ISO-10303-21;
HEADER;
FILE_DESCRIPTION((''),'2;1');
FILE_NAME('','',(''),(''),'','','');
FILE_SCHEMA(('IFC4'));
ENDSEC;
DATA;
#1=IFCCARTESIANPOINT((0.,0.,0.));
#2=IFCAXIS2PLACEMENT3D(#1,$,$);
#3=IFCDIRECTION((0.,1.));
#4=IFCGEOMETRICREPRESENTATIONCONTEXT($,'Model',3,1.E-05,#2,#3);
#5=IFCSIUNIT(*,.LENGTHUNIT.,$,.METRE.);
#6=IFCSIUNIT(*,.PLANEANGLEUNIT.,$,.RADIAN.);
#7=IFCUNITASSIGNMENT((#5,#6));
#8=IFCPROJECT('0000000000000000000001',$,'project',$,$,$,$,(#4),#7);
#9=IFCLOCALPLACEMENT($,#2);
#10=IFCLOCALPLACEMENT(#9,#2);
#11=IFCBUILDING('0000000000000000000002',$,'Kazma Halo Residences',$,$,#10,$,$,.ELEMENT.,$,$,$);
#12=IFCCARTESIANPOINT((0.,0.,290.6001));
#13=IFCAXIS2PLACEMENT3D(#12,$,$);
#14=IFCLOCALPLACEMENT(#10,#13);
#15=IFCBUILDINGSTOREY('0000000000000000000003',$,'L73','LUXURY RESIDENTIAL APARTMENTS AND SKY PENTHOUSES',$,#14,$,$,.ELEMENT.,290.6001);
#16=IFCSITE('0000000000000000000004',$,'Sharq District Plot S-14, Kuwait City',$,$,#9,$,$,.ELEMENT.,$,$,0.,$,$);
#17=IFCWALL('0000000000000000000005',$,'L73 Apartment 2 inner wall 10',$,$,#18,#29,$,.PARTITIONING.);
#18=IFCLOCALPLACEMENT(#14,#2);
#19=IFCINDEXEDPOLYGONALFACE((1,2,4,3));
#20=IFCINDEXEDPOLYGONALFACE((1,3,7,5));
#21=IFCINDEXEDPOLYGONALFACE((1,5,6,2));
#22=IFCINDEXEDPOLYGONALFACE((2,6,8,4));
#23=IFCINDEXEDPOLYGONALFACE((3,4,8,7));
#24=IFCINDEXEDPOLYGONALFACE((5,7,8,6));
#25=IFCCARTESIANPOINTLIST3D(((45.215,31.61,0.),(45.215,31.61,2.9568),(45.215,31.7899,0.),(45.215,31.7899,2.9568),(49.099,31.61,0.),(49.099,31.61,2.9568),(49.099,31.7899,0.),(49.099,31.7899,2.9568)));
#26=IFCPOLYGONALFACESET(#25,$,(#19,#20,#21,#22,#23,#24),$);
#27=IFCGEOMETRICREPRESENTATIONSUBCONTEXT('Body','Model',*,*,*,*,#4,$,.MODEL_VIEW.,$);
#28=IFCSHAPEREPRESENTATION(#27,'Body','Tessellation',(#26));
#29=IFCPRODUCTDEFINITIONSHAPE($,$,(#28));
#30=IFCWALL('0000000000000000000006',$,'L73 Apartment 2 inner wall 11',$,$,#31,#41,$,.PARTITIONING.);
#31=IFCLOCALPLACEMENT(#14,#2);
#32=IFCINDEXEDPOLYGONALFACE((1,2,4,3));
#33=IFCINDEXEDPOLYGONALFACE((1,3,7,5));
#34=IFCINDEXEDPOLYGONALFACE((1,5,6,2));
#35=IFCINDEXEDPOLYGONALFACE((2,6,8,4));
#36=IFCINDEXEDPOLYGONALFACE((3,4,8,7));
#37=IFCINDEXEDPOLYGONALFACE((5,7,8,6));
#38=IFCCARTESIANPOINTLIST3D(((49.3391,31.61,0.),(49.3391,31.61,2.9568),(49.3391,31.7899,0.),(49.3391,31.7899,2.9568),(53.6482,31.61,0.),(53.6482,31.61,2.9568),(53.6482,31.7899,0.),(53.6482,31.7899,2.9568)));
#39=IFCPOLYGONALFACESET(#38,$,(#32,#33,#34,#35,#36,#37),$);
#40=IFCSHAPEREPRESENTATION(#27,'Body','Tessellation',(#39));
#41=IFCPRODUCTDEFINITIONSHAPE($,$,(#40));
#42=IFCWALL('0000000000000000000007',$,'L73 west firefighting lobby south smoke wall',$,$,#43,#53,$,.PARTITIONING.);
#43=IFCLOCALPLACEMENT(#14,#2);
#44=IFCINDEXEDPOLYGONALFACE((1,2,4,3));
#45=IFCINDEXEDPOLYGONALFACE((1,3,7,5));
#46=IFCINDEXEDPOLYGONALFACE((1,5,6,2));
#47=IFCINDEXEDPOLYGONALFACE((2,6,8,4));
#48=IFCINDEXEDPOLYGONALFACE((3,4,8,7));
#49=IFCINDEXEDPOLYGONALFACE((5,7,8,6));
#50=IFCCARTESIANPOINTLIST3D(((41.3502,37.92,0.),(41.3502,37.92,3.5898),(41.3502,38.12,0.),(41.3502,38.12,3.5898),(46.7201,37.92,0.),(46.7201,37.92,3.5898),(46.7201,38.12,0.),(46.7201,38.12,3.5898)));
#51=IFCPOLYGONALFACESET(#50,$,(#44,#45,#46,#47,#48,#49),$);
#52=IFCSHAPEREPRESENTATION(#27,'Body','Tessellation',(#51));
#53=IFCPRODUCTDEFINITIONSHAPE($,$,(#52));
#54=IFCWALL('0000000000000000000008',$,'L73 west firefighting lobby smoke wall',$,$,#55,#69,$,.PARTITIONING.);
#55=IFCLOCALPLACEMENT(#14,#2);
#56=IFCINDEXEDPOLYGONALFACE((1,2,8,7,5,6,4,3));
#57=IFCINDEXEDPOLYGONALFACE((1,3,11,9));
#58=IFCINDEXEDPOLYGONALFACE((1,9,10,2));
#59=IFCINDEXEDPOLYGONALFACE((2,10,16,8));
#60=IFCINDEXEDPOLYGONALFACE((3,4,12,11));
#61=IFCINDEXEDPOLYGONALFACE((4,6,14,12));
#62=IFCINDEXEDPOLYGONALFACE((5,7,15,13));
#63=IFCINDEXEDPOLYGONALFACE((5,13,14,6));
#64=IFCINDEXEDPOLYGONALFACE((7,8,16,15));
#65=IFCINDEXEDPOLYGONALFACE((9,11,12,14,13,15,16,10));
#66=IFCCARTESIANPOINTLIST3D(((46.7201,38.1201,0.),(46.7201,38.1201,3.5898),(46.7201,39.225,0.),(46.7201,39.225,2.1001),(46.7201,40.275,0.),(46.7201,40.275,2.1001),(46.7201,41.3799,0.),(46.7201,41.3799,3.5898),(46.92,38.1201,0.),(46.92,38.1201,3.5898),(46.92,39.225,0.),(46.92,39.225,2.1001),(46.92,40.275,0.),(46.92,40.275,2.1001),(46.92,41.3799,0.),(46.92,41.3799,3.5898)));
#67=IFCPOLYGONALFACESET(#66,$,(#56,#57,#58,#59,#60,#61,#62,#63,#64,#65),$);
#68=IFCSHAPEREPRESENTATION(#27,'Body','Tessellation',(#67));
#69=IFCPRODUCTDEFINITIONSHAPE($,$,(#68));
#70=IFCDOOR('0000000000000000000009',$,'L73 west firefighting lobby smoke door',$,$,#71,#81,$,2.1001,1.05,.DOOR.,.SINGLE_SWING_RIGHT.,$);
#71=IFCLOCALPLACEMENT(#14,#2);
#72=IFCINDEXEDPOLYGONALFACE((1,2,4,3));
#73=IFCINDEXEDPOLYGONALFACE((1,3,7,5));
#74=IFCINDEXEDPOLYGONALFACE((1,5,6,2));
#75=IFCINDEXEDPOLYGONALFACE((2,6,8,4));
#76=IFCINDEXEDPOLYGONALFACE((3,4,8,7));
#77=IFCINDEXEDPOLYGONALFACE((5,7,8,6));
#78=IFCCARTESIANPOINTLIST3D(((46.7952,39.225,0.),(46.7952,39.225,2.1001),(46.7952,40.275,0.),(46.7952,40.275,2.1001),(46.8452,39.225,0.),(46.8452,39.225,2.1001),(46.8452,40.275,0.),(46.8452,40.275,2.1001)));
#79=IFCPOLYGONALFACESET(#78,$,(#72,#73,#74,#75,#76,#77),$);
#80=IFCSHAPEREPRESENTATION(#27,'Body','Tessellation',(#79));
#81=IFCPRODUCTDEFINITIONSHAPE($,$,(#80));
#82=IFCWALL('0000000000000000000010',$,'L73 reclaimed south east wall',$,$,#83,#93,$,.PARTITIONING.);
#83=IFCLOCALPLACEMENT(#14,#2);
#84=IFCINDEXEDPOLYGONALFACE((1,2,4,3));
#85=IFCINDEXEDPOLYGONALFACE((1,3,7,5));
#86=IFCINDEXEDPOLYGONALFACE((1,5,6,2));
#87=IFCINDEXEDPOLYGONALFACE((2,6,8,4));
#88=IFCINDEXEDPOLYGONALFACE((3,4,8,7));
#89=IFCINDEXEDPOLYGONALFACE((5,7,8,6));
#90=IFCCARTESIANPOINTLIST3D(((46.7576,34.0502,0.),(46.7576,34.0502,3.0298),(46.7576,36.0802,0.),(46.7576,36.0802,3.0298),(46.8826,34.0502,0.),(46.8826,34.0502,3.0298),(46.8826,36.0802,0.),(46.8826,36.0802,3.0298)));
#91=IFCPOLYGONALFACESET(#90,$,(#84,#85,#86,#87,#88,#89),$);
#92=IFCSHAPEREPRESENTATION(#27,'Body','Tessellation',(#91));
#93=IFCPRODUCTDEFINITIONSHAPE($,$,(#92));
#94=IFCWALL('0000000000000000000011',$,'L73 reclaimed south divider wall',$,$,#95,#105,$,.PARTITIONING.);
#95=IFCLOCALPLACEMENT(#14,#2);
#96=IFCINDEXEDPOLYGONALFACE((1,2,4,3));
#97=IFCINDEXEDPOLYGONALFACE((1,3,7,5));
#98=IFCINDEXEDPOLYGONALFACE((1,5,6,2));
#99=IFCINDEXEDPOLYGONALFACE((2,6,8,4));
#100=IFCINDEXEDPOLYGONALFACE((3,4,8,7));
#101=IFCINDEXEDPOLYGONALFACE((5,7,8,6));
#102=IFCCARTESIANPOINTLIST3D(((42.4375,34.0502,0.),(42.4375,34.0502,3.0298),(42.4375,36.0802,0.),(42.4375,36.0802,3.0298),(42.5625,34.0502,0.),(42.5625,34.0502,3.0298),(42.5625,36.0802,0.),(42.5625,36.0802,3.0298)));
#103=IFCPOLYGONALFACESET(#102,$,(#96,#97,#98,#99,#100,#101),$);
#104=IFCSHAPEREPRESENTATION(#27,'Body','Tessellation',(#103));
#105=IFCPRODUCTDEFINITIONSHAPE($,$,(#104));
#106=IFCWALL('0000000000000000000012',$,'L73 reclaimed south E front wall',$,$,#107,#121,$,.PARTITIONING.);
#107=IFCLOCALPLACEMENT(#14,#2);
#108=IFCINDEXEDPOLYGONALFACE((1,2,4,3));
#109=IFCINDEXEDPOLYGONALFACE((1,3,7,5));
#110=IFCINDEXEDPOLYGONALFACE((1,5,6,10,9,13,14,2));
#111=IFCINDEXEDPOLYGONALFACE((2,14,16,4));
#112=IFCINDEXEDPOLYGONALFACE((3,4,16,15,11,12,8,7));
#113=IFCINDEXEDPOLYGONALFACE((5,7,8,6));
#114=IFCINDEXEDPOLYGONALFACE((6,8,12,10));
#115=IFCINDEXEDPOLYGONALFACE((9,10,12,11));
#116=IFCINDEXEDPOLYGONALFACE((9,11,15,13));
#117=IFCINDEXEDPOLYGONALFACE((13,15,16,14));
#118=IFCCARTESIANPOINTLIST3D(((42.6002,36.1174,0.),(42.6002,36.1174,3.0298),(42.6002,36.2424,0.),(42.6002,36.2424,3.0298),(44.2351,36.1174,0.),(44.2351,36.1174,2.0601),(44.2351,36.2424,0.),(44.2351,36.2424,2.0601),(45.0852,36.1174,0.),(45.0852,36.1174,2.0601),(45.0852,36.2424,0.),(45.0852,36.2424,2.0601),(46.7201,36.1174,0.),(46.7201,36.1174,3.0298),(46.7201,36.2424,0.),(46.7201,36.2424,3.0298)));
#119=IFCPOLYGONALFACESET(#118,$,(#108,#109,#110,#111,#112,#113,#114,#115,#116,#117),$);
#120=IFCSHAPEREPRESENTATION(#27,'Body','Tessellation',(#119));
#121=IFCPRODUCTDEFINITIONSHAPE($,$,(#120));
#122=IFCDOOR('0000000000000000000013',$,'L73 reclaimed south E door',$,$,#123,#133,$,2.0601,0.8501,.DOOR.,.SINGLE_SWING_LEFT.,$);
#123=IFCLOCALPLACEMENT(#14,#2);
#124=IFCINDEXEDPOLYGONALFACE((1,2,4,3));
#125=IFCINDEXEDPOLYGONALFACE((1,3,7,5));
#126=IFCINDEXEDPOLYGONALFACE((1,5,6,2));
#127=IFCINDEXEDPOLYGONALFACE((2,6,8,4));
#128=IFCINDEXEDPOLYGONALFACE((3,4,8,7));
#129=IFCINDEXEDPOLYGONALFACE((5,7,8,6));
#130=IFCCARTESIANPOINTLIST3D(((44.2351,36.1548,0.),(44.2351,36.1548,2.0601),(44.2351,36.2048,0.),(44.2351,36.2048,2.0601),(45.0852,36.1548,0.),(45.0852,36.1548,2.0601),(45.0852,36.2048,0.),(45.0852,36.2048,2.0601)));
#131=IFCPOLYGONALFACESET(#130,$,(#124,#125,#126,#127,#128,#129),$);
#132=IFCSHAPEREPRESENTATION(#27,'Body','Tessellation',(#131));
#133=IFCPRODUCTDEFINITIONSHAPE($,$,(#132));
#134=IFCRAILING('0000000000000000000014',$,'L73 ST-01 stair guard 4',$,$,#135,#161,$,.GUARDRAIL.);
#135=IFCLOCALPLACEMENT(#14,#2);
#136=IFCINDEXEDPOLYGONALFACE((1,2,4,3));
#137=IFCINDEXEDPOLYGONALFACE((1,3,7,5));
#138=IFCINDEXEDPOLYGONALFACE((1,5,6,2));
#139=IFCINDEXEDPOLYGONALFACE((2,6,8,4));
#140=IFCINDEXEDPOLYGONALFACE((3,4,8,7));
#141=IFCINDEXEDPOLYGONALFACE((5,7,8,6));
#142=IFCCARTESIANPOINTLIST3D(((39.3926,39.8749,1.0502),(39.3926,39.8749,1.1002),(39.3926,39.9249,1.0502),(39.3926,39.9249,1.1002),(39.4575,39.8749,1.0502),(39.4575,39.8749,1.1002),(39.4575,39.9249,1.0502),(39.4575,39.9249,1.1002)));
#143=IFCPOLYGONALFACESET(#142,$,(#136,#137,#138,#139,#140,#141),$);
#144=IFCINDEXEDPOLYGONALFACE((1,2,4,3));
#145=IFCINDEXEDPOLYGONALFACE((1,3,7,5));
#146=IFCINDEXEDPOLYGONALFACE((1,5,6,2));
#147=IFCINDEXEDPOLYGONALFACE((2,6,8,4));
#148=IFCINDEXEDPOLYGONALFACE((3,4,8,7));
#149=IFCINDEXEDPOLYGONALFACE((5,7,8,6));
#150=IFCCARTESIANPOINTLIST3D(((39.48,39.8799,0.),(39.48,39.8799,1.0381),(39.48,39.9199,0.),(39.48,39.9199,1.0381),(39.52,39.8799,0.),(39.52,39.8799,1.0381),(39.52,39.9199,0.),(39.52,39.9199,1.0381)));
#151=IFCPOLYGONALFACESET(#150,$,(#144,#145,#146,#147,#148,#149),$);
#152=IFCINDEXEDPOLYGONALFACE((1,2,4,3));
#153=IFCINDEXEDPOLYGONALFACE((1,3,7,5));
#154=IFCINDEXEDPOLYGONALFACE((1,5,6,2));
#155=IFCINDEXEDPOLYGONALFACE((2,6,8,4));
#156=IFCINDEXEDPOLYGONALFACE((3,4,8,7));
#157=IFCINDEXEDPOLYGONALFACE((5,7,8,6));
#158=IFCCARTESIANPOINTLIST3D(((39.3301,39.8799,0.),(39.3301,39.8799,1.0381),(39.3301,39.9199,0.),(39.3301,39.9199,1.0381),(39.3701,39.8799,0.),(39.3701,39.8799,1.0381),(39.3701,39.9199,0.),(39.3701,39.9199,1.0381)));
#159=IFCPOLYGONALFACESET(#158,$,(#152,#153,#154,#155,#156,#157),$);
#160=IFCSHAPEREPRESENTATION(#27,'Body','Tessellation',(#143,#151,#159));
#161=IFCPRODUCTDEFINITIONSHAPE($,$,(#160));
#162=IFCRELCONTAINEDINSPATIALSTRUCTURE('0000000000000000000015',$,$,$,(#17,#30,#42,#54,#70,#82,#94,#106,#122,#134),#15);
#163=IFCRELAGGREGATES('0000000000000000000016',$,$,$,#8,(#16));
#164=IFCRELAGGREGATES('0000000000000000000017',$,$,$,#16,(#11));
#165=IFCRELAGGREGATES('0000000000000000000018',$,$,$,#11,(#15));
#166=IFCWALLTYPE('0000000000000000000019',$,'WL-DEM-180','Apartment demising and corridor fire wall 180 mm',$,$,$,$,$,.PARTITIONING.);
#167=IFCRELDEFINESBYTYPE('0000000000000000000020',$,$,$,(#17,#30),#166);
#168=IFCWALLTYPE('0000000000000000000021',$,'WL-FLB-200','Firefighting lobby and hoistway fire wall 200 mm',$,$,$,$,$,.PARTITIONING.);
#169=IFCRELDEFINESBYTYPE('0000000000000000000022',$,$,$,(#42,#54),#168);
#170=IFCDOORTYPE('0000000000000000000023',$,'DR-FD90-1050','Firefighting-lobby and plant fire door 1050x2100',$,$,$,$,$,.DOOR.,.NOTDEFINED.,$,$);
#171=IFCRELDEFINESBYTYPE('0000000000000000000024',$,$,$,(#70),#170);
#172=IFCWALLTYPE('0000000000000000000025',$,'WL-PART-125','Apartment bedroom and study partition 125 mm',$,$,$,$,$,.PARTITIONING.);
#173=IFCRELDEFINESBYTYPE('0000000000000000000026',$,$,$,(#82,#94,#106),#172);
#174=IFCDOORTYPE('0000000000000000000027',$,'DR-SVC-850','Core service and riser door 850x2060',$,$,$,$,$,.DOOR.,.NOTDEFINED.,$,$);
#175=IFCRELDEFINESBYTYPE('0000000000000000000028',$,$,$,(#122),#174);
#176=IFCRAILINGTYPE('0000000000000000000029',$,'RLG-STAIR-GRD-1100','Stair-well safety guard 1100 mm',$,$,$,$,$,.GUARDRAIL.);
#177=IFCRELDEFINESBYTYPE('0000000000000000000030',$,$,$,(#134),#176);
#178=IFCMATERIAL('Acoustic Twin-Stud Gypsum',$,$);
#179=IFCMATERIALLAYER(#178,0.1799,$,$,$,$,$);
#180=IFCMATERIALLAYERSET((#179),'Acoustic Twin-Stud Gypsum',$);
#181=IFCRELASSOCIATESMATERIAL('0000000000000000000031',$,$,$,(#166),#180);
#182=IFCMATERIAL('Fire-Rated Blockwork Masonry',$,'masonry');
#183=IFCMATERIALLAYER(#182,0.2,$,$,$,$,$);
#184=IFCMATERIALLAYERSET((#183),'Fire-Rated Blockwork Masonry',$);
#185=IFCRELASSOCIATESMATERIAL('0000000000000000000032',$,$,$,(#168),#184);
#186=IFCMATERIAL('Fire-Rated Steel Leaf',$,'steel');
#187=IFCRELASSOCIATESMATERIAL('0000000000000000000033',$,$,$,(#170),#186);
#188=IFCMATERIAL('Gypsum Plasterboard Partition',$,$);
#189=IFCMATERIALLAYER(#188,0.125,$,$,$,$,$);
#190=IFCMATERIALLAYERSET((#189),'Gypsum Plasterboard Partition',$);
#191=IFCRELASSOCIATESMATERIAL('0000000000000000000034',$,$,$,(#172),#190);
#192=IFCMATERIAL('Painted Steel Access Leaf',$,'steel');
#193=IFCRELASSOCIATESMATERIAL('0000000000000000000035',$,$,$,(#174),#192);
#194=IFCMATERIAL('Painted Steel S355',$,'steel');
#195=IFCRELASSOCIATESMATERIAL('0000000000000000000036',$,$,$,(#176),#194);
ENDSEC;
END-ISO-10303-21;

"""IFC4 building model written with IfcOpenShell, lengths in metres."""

from ifc_helpers import new_model, si_unit, direction, frame, frame_2d, origin, origin_2d, place, context, subcontext, project, spatial, rectangle, extrude, material, layer, layer_set, type_object, element, fill, save


model = new_model("IFC4")

# Units and contexts
model_context = context("Model", 3, precision=1e-05, world=origin(), true_north=direction((0.0, 1.0)))
body_context = subcontext(model_context, "Body", "Model", "MODEL_VIEW")
ifc_project = project(units=[si_unit("LENGTHUNIT", "METRE"), si_unit("PLANEANGLEUNIT", "RADIAN")], contexts=[model_context])

# Site, building, storey
site_placement = place(None, origin())
site = spatial("IfcSite", under=ifc_project, at=site_placement, Name="Sharq District Plot S-14, Kuwait City", CompositionType="ELEMENT", RefElevation=0.0)
building_placement = place(site_placement, origin())
building = spatial("IfcBuilding", under=site, at=building_placement, Name="Kazma Halo Residences", CompositionType="ELEMENT")
storey_placement = place(building_placement, frame((0.0, 0.0, 290.6001)))
storey = spatial("IfcBuildingStorey", under=building, at=storey_placement, Name="L73", Description="LUXURY RESIDENTIAL APARTMENTS AND SKY PENTHOUSES", CompositionType="ELEMENT", Elevation=290.6001)

# Shared definitions
ifc_material_1 = material(Name="Acoustic Twin-Stud Gypsum")
ifc_layer_1 = layer(ifc_material_1, 0.1799)
ifc_layer_set_1 = layer_set([ifc_layer_1], Name="Acoustic Twin-Stud Gypsum")
wall_type_1 = type_object("IfcWallType", Name="WL-DEM-180", Description="Apartment demising and corridor fire wall 180 mm", PredefinedType="PARTITIONING", material=ifc_layer_set_1)

# Walls
wall_1_placement = place(storey_placement, frame((45.2151, 31.7, 0.0), z_axis=(0.0, 0.0, 1.0), x_axis=(1.0, 0.0, 0.0)))
element("IfcWall", 1, at=wall_1_placement, inside=storey, type_object=wall_type_1, Name="L73 Apartment 2 inner wall 10", PredefinedType="PARTITIONING", context=body_context, shape_type="SweptSolid", body=[
    extrude(rectangle(XDim=3.884, YDim=0.1799, at=frame_2d((1.9419, 0.0))), origin(), (0.0, 0.0, 1.0), 2.9568),
])
wall_2_placement = place(storey_placement, frame((49.3391, 31.7, 0.0), z_axis=(0.0, 0.0, 1.0), x_axis=(1.0, 0.0, 0.0)))
element("IfcWall", 2, at=wall_2_placement, inside=storey, type_object=wall_type_1, Name="L73 Apartment 2 inner wall 11", PredefinedType="PARTITIONING", context=body_context, shape_type="SweptSolid", body=[
    extrude(rectangle(XDim=4.3091, YDim=0.1799, at=frame_2d((2.1545, 0.0))), origin(), (0.0, 0.0, 1.0), 2.9568),
])
ifc_material_2 = material(Name="Fire-Rated Blockwork Masonry", Category="masonry")
ifc_layer_2 = layer(ifc_material_2, 0.2)
ifc_layer_set_2 = layer_set([ifc_layer_2], Name="Fire-Rated Blockwork Masonry")
wall_type_2 = type_object("IfcWallType", Name="WL-FLB-200", Description="Firefighting lobby and hoistway fire wall 200 mm", PredefinedType="PARTITIONING", material=ifc_layer_set_2)
wall_3_placement = place(storey_placement, frame((41.3501, 38.02, 0.0), z_axis=(0.0, 0.0, 1.0), x_axis=(1.0, 0.0, 0.0)))
element("IfcWall", 3, at=wall_3_placement, inside=storey, type_object=wall_type_2, Name="L73 west firefighting lobby south smoke wall", PredefinedType="PARTITIONING", context=body_context, shape_type="SweptSolid", body=[
    extrude(rectangle(XDim=5.3699, YDim=0.2, at=frame_2d((2.6851, 0.0))), origin(), (0.0, 0.0, 1.0), 3.5898),
])

# Wall, opening, door
wall_4_placement = place(storey_placement, frame((46.8201, 38.1201, 0.0), z_axis=(0.0, 0.0, 1.0), x_axis=(0.0, 1.0, 0.0)))
wall_4 = element("IfcWall", 4, at=wall_4_placement, inside=storey, type_object=wall_type_2, Name="L73 west firefighting lobby smoke wall", PredefinedType="PARTITIONING", context=body_context, shape_type="SweptSolid", body=[
    extrude(rectangle(XDim=3.2598, YDim=0.2, at=frame_2d((1.6299, 0.0))), origin(), (0.0, 0.0, 1.0), 3.5898),
])
opening_1_placement = place(wall_4_placement, frame((1.105, 0.0, 0.0)))
opening_1 = element("IfcOpeningElement", 5, at=opening_1_placement, cuts=wall_4, PredefinedType="OPENING", context=body_context, shape_type="SweptSolid", body=[
    extrude(rectangle(XDim=1.05, YDim=2.1001, at=frame_2d((0.5249, 1.05))), frame((0.0, 0.1099, 0.0), z_axis=(0.0, -1.0, 0.0), x_axis=(1.0, 0.0, 0.0)), (0.0, 0.0, 1.0), 0.22),
])
ifc_material_3 = material(Name="Fire-Rated Steel Leaf", Category="steel")
door_type_1 = type_object("IfcDoorType", Name="DR-FD90-1050", Description="Firefighting-lobby and plant fire door 1050x2100", OperationType="NOTDEFINED", PredefinedType="DOOR", material=ifc_material_3)
door_1_placement = place(opening_1_placement, origin())
door_1 = element("IfcDoor", 6, at=door_1_placement, inside=storey, type_object=door_type_1, Name="L73 west firefighting lobby smoke door", OperationType="SINGLE_SWING_RIGHT", OverallHeight=2.1001, OverallWidth=1.05, PredefinedType="DOOR", context=body_context, shape_type="SweptSolid", body=[
    extrude(rectangle(XDim=1.05, YDim=2.1001, at=frame_2d((0.5249, 1.05))), frame((0.0, 0.0249, 0.0), z_axis=(0.0, -1.0, 0.0), x_axis=(1.0, 0.0, 0.0)), (0.0, 0.0, 1.0), 0.05),
])
fill(opening_1, door_1)

# Walls
ifc_material_4 = material(Name="Gypsum Plasterboard Partition")
ifc_layer_3 = layer(ifc_material_4, 0.125)
ifc_layer_set_3 = layer_set([ifc_layer_3], Name="Gypsum Plasterboard Partition")
wall_type_3 = type_object("IfcWallType", Name="WL-PART-125", Description="Apartment bedroom and study partition 125 mm", PredefinedType="PARTITIONING", material=ifc_layer_set_3)
for number, where, z_axis, x_axis, name in (
    (7, (46.8201, 34.05, 0.0), (0.0, 0.0, 1.0), (0.0, 1.0, 0.0), "L73 reclaimed south east wall"),
    (8, (42.5, 34.05, 0.0), (0.0, 0.0, 1.0), (0.0, 1.0, 0.0), "L73 reclaimed south divider wall"),
):
    element("IfcWall", number, at=place(storey_placement, frame(where, z_axis=z_axis, x_axis=x_axis)), inside=storey, type_object=wall_type_3, Name=name, PredefinedType="PARTITIONING", context=body_context, shape_type="SweptSolid", body=[
        extrude(rectangle(XDim=2.03, YDim=0.125, at=frame_2d((1.0151, 0.0))), origin(), (0.0, 0.0, 1.0), 3.0298),
    ])

# Wall, opening, door
wall_5_placement = place(storey_placement, frame((42.6001, 36.1799, 0.0), z_axis=(0.0, 0.0, 1.0), x_axis=(1.0, 0.0, 0.0)))
wall_5 = element("IfcWall", 9, at=wall_5_placement, inside=storey, type_object=wall_type_3, Name="L73 reclaimed south E front wall", PredefinedType="PARTITIONING", context=body_context, shape_type="SweptSolid", body=[
    extrude(rectangle(XDim=4.1199, YDim=0.125, at=frame_2d((2.0601, 0.0))), origin(), (0.0, 0.0, 1.0), 3.0298),
])
opening_2_placement = place(wall_5_placement, frame((1.635, 0.0, 0.0)))
opening_2 = element("IfcOpeningElement", 10, at=opening_2_placement, cuts=wall_5, PredefinedType="OPENING", context=body_context, shape_type="SweptSolid", body=[
    extrude(rectangle(XDim=0.8501, YDim=2.0601, at=frame_2d((0.425, 1.03))), frame((0.0, 0.0725, 0.0), z_axis=(0.0, -1.0, 0.0), x_axis=(1.0, 0.0, 0.0)), (0.0, 0.0, 1.0), 0.145),
])
ifc_material_5 = material(Name="Painted Steel Access Leaf", Category="steel")
door_type_2 = type_object("IfcDoorType", Name="DR-SVC-850", Description="Core service and riser door 850x2060", OperationType="NOTDEFINED", PredefinedType="DOOR", material=ifc_material_5)
door_2_placement = place(opening_2_placement, origin())
door_2 = element("IfcDoor", 11, at=door_2_placement, inside=storey, type_object=door_type_2, Name="L73 reclaimed south E door", OperationType="SINGLE_SWING_LEFT", OverallHeight=2.0601, OverallWidth=0.8501, PredefinedType="DOOR", context=body_context, shape_type="SweptSolid", body=[
    extrude(rectangle(XDim=0.8501, YDim=2.0601, at=frame_2d((0.425, 1.03))), frame((0.0, 0.0249, 0.0), z_axis=(0.0, -1.0, 0.0), x_axis=(1.0, 0.0, 0.0)), (0.0, 0.0, 1.0), 0.05),
])
fill(opening_2, door_2)

# Railing
ifc_material_6 = material(Name="Painted Steel S355", Category="steel")
railing_type = type_object("IfcRailingType", Name="RLG-STAIR-GRD-1100", Description="Stair-well safety guard 1100 mm", PredefinedType="GUARDRAIL", material=ifc_material_6)
railing_placement = place(storey_placement, frame((39.5, 39.8999, 0.0)))
element("IfcRailing", 12, at=railing_placement, inside=storey, type_object=railing_type, Name="L73 ST-01 stair guard 4", PredefinedType="GUARDRAIL", context=body_context, shape_type="SweptSolid", body=[
    extrude(rectangle(XDim=0.05, YDim=0.05, at=origin_2d()), frame((-0.0425, 0.0, 1.0752), z_axis=(-1.0, 0.0, 0.0), x_axis=(0.0, -1.0, 0.0)), (0.0, 0.0, 1.0), 0.0649),
    extrude(rectangle(XDim=0.04, YDim=0.04, at=origin_2d()), origin(), (0.0, 0.0, 1.0), 1.0381),
    extrude(rectangle(XDim=0.04, YDim=0.04, at=origin_2d()), frame((-0.1499, 0.0, 0.0)), (0.0, 0.0, 1.0), 1.0381),
])

save(model, "model.ifc")
